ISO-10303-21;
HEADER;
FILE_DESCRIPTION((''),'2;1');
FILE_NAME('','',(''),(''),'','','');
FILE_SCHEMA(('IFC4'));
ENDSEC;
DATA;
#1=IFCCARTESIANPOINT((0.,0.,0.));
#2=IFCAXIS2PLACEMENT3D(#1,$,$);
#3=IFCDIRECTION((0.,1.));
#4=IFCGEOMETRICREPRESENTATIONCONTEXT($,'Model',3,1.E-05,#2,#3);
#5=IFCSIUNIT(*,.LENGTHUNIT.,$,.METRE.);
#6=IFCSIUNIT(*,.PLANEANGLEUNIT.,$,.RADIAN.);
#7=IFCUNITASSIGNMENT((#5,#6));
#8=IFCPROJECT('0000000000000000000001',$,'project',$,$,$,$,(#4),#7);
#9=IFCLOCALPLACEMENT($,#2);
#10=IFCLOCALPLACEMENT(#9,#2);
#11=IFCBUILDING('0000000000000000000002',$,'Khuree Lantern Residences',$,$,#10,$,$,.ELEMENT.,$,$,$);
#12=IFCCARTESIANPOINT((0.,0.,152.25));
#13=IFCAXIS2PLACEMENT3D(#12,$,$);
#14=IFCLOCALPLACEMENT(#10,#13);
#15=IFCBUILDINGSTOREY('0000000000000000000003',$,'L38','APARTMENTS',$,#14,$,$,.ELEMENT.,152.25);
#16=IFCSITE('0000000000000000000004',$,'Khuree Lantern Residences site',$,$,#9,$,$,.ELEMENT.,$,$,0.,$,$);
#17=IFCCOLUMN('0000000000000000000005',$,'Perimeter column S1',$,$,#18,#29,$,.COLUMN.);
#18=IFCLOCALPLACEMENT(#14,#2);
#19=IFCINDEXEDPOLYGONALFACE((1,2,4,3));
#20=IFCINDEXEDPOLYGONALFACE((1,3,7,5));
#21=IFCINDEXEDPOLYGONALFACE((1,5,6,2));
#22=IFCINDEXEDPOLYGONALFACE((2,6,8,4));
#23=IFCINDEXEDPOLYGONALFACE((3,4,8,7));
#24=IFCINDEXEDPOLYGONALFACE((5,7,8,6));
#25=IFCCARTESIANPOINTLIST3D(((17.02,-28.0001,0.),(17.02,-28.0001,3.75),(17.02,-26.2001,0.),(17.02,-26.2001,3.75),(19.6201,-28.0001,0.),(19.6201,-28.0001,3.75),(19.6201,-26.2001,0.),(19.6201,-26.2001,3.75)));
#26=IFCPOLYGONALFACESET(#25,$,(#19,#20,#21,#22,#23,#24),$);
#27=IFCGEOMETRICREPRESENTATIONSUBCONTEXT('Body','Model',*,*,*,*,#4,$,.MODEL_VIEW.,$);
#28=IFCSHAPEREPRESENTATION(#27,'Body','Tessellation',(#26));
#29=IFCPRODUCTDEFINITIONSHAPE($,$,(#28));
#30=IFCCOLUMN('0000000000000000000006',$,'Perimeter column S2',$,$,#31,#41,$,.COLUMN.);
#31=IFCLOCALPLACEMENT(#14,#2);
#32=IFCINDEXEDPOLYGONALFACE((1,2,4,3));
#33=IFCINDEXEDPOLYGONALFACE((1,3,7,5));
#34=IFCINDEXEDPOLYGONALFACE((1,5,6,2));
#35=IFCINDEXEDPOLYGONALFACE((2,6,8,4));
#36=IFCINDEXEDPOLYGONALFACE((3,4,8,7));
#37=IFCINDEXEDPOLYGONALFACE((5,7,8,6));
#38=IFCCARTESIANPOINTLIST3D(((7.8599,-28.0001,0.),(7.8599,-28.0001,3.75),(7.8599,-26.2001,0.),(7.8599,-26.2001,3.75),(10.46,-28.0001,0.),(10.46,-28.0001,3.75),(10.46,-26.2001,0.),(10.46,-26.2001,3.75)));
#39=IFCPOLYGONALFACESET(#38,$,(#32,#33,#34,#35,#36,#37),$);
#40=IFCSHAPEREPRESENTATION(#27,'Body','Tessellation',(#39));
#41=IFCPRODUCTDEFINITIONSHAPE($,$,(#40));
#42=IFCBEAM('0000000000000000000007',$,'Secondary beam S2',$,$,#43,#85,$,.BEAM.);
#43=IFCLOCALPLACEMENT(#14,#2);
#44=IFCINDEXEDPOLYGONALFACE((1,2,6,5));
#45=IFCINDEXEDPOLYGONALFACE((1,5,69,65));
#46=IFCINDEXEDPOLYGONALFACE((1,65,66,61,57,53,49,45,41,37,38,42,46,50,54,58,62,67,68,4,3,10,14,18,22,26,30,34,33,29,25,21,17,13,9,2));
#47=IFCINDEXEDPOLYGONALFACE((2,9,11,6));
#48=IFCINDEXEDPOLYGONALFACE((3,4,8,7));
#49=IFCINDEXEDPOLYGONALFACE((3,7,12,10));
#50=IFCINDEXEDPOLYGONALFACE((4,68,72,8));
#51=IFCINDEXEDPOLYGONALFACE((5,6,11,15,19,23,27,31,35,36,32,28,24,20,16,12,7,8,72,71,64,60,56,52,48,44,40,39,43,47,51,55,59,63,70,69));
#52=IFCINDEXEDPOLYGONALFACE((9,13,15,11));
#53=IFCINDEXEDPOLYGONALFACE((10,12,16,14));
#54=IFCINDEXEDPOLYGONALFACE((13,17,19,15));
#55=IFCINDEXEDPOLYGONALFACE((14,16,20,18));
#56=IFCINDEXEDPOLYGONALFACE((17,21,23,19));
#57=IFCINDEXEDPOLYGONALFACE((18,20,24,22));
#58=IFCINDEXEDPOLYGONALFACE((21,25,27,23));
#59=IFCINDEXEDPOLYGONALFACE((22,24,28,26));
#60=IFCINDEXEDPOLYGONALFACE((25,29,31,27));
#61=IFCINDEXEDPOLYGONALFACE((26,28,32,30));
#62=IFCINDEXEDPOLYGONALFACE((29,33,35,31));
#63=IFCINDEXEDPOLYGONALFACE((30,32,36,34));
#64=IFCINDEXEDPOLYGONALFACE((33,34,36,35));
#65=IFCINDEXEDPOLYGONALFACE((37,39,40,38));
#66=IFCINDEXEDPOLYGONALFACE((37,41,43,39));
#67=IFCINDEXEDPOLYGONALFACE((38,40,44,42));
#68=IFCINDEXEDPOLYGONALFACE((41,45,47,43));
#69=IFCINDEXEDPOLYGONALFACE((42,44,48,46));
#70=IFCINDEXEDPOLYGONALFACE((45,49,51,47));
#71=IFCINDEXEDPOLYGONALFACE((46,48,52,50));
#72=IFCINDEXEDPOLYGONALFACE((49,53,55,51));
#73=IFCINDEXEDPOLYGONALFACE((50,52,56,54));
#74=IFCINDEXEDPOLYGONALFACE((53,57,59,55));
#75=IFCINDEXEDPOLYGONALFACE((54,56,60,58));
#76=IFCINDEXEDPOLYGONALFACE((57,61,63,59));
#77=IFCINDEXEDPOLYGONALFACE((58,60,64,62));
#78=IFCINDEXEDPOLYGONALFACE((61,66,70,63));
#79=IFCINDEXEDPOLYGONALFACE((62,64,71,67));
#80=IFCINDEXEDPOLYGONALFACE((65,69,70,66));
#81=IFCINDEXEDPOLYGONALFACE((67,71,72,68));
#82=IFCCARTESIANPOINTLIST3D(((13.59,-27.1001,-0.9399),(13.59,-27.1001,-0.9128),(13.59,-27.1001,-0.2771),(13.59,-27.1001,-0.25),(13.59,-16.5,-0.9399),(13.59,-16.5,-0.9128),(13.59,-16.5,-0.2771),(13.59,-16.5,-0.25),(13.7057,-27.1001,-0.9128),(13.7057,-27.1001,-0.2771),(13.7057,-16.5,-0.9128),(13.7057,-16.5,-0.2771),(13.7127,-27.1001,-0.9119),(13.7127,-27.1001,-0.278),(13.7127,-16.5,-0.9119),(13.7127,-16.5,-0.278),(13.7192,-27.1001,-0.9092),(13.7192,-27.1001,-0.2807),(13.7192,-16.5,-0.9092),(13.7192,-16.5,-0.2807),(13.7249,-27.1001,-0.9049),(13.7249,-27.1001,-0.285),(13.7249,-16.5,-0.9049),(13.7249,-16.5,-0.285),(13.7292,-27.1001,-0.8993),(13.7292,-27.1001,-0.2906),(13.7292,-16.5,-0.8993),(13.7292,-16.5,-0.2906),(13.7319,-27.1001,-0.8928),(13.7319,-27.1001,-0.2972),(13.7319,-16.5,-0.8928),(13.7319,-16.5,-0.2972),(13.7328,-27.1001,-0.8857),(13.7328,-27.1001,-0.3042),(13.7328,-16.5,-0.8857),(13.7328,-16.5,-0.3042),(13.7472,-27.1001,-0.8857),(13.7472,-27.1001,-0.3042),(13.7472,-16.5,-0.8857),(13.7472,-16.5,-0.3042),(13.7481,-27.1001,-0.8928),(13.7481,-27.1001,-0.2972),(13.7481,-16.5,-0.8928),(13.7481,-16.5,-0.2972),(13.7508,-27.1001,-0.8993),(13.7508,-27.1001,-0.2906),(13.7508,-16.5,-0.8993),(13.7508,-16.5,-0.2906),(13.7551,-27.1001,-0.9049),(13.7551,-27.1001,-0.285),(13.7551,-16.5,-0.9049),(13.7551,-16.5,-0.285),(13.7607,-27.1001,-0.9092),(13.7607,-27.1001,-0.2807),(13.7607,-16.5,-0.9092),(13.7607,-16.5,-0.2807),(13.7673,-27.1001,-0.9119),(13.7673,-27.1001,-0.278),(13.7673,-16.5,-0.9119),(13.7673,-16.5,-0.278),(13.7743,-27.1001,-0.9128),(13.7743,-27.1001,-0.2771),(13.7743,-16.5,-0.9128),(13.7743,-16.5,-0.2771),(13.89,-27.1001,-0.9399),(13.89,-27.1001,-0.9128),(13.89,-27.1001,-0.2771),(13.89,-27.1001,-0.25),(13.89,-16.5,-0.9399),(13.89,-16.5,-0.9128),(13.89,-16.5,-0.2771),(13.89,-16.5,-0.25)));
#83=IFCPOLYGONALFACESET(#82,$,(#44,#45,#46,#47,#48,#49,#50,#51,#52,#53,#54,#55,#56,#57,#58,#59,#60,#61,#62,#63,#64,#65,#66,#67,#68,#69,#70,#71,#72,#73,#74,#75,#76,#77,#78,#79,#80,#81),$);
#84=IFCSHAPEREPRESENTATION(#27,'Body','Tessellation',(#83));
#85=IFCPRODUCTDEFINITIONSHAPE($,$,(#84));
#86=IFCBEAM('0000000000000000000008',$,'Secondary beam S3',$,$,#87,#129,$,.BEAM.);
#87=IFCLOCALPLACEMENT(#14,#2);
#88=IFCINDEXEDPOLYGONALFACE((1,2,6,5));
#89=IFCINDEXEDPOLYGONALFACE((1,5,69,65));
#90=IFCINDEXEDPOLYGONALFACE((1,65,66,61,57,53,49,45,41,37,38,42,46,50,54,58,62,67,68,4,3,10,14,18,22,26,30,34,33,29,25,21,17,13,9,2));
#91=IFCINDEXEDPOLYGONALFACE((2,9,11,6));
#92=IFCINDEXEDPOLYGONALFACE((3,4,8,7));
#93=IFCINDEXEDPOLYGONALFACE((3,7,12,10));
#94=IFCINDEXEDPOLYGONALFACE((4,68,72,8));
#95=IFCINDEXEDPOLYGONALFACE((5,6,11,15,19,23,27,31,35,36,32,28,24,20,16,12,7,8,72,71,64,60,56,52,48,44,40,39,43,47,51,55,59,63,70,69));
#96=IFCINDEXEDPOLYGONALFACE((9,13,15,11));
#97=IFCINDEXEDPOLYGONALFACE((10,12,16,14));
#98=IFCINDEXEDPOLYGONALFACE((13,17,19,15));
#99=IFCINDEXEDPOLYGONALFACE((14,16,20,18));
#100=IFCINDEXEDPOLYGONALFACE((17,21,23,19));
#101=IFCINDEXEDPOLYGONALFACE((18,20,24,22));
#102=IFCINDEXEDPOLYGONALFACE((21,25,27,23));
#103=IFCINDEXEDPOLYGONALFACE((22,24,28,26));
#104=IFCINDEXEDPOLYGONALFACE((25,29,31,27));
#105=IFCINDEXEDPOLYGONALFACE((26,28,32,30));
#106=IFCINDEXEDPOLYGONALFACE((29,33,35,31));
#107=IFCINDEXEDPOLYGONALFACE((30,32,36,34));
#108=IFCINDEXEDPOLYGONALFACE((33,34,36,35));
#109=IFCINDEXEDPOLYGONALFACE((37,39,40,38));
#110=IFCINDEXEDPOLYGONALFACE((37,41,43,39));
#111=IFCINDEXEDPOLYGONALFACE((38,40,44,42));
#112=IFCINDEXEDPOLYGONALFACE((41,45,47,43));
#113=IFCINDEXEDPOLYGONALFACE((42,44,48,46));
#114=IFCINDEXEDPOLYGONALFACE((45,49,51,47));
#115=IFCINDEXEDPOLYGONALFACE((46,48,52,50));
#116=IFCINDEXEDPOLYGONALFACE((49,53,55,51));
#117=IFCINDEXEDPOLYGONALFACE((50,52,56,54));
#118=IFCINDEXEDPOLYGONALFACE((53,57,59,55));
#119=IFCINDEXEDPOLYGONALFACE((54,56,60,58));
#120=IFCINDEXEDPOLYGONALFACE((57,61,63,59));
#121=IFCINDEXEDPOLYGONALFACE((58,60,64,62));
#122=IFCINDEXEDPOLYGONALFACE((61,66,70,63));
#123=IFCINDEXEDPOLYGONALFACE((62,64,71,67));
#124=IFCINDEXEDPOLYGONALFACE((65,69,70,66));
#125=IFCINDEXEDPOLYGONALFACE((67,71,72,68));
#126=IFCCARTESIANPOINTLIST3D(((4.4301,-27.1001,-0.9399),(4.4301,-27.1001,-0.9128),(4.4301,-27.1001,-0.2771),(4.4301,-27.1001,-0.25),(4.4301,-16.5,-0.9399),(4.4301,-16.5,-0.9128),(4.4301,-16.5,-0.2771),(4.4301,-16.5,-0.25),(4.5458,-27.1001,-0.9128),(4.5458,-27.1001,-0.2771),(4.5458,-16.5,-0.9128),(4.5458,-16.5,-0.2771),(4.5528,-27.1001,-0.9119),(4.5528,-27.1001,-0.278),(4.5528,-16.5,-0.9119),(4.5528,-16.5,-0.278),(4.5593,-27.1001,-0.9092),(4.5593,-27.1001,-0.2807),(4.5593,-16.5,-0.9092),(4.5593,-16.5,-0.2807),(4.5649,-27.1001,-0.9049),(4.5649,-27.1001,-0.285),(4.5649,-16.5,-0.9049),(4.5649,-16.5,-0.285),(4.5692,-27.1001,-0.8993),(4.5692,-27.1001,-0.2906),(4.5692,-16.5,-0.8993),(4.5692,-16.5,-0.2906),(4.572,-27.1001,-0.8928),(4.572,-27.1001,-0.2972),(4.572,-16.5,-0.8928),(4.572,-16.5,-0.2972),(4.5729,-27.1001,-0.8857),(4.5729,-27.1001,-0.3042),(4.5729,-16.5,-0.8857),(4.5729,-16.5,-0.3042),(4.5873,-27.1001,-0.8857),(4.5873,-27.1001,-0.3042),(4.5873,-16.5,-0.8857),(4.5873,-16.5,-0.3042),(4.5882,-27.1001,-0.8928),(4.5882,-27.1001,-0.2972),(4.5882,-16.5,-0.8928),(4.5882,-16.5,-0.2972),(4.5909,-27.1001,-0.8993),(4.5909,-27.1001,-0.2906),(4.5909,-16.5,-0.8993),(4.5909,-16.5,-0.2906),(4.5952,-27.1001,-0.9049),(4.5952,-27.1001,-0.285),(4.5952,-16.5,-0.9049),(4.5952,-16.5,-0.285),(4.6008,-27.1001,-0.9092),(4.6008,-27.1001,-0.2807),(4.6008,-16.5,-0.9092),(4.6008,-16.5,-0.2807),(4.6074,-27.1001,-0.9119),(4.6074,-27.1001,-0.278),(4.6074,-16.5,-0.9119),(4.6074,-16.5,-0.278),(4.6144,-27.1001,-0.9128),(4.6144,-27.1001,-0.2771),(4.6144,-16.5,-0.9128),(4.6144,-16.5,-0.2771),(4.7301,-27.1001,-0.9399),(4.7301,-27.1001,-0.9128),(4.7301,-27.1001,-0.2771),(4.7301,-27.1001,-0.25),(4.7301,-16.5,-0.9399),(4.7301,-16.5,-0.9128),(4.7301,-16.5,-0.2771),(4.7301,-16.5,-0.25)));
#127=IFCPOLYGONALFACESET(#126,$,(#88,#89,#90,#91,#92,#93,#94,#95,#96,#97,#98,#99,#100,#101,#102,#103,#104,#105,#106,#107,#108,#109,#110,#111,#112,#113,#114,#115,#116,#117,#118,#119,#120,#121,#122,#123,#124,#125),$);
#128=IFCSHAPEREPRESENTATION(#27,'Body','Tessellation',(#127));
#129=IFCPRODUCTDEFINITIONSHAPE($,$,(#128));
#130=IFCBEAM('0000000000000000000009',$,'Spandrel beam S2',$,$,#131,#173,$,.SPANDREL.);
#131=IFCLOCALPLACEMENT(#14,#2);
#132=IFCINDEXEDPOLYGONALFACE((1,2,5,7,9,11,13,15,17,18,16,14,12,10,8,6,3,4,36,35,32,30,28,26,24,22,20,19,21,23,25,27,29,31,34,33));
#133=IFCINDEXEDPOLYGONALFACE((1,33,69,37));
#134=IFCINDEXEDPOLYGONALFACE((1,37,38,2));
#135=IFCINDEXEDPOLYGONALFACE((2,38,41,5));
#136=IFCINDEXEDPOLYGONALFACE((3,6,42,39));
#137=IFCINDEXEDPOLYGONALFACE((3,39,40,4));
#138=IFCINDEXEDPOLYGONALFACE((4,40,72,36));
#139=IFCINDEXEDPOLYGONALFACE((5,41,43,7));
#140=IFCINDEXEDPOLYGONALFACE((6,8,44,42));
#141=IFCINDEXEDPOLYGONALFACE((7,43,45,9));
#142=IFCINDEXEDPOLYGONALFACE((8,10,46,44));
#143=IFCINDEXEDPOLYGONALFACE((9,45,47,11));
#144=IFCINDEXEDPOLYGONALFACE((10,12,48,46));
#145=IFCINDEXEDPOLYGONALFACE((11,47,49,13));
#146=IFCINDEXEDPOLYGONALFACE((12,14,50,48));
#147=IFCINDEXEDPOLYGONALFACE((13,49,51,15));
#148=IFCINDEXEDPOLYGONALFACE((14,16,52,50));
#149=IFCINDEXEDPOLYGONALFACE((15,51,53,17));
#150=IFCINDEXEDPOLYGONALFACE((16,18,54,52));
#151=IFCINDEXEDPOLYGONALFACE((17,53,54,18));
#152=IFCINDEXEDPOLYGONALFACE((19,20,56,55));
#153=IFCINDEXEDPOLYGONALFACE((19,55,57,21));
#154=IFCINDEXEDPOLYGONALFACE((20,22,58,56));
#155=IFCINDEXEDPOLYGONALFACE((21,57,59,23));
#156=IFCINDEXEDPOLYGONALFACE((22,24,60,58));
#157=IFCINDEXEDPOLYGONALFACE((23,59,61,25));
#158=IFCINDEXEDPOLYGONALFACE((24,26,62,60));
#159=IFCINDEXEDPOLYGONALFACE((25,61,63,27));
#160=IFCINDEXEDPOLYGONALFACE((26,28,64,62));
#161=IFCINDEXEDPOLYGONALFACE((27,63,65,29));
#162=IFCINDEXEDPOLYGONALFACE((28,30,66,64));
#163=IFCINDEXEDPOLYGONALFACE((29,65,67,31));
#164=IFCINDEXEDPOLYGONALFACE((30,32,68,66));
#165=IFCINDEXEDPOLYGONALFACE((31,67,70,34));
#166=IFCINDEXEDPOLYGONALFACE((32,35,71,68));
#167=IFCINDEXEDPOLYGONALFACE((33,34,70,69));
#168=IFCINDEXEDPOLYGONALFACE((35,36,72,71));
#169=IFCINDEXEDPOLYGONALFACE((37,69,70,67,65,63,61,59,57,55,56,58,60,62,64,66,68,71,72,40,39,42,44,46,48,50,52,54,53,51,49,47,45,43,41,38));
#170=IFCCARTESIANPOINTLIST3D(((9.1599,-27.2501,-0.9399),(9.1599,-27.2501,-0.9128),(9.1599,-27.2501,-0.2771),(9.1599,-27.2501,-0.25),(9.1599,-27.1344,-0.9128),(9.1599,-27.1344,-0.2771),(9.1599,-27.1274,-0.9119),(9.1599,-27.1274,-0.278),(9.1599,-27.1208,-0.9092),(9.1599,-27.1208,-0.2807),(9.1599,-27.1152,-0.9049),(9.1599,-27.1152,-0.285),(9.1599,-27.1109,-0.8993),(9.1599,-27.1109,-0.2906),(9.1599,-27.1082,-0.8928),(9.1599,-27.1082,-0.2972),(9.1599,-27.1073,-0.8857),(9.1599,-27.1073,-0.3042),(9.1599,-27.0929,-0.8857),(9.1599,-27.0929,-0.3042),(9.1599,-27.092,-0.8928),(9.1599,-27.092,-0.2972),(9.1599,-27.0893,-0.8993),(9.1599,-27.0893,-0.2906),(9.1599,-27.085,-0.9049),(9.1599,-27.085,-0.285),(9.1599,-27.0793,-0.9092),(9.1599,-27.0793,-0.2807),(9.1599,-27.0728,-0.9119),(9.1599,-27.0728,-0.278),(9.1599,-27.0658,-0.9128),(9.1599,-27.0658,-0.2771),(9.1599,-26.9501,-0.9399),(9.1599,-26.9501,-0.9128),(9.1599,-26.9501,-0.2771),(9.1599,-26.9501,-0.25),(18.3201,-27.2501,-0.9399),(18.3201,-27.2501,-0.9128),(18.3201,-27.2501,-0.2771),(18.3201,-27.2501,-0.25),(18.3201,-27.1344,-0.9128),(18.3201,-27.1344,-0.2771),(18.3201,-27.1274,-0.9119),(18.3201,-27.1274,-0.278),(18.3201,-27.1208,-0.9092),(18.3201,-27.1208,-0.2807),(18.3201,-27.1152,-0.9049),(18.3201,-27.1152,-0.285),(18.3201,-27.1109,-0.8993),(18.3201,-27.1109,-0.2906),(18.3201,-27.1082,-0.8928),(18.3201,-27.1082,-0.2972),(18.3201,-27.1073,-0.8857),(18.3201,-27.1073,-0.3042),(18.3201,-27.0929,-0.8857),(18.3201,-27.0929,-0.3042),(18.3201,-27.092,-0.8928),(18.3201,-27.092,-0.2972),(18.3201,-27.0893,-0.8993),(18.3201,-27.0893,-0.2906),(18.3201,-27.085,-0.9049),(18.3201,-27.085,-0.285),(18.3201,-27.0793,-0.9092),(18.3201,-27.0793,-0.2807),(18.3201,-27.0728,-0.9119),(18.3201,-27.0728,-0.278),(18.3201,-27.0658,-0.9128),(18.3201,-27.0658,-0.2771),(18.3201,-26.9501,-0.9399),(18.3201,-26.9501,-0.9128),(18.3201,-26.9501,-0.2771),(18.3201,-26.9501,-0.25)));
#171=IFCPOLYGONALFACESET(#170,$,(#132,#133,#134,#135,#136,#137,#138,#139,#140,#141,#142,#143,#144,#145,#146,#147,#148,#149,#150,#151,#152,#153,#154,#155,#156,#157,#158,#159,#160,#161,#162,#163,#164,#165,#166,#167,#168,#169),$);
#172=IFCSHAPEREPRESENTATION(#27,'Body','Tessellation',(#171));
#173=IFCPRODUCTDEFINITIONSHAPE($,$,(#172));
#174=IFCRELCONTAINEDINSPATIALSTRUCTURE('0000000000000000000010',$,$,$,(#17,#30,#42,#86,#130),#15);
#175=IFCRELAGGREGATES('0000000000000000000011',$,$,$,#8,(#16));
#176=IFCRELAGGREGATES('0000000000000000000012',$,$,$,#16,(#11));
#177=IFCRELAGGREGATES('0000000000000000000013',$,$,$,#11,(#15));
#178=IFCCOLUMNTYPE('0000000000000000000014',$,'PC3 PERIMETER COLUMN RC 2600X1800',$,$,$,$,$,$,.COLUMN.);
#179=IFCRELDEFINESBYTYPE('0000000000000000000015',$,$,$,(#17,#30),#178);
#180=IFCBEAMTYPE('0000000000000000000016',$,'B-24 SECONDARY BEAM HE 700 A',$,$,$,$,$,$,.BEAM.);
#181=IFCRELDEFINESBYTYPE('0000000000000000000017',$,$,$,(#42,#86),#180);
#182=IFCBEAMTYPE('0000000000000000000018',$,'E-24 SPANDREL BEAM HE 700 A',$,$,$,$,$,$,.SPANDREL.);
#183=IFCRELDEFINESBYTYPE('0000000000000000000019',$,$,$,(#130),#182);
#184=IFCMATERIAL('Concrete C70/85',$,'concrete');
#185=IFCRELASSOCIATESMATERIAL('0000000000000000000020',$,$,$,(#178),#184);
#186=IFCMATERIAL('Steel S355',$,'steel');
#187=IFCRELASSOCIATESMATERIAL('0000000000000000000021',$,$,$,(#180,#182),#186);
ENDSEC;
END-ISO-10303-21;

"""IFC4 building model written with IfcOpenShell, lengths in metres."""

from ifc_helpers import new_model, si_unit, direction, frame, origin, origin_2d, place, context, subcontext, project, spatial, rectangle, i_section, extrude, material, material_profile, profile_set, type_object, element, save


model = new_model("IFC4")

# Units and contexts
model_context = context("Model", 3, precision=1e-05, world=origin(), true_north=direction((0.0, 1.0)))
body_context = subcontext(model_context, "Body", "Model", "MODEL_VIEW")
ifc_project = project(units=[si_unit("LENGTHUNIT", "METRE"), si_unit("PLANEANGLEUNIT", "RADIAN")], contexts=[model_context])

# Site, building, storey
site_placement = place(None, origin())
site = spatial("IfcSite", under=ifc_project, at=site_placement, Name="Khuree Lantern Residences site", CompositionType="ELEMENT", RefElevation=0.0)
building_placement = place(site_placement, origin())
building = spatial("IfcBuilding", under=site, at=building_placement, Name="Khuree Lantern Residences", CompositionType="ELEMENT")
storey_placement = place(building_placement, frame((0.0, 0.0, 152.25)))
storey = spatial("IfcBuildingStorey", under=building, at=storey_placement, Name="L38", Description="APARTMENTS", CompositionType="ELEMENT", Elevation=152.25)

# Columns
ifc_material_1 = material(Name="Concrete C70/85", Category="concrete")
ifc_material_profile_1 = material_profile(ifc_material_1, rectangle(XDim=2.6001, YDim=1.8, at=origin_2d()), Name="RC 2600X1800")
ifc_profile_set_1 = profile_set([ifc_material_profile_1], Name="Concrete C70/85")
column_type = type_object("IfcColumnType", Name="PC3 PERIMETER COLUMN RC 2600X1800", PredefinedType="COLUMN", material=ifc_profile_set_1)
for number, where, z_axis, x_axis, name in (
    (1, (18.3201, -27.1001, 0.0), (0.0, 0.0, 1.0), (1.0, 0.0, 0.0), "Perimeter column S1"),
    (2, (9.1599, -27.1001, 0.0), (0.0, 0.0, 1.0), (1.0, 0.0, 0.0), "Perimeter column S2"),
):
    element("IfcColumn", number, at=place(storey_placement, frame(where, z_axis=z_axis, x_axis=x_axis)), inside=storey, type_object=column_type, Name=name, PredefinedType="COLUMN", context=body_context, shape_type="SweptSolid", body=[
        extrude(rectangle(XDim=2.6001, YDim=1.8, at=origin_2d()), origin(), (0.0, 0.0, 1.0), 3.75),
    ])

# Beams
ifc_material_2 = material(Name="Steel S355", Category="steel")
ifc_material_profile_2 = material_profile(ifc_material_2, i_section(OverallWidth=0.3, OverallDepth=0.6899, WebThickness=0.0144, FlangeThickness=0.0271, FilletRadius=0.0271, at=origin_2d()), Name="HE 700 A")
ifc_profile_set_2 = profile_set([ifc_material_profile_2], Name="Steel S355")
beam_type_1 = type_object("IfcBeamType", Name="B-24 SECONDARY BEAM HE 700 A", PredefinedType="BEAM", material=ifc_profile_set_2)
for number, where, z_axis, x_axis, name in (
    (3, (13.74, -27.1001, -0.595), (0.0, 1.0, 0.0), (-1.0, 0.0, 0.0), "Secondary beam S2"),
    (4, (4.5801, -27.1001, -0.595), (0.0, 1.0, 0.0), (-1.0, 0.0, 0.0), "Secondary beam S3"),
):
    element("IfcBeam", number, at=place(storey_placement, frame(where, z_axis=z_axis, x_axis=x_axis)), inside=storey, type_object=beam_type_1, Name=name, PredefinedType="BEAM", context=body_context, shape_type="SweptSolid", body=[
        extrude(i_section(OverallWidth=0.3, OverallDepth=0.6899, WebThickness=0.0144, FlangeThickness=0.0271, FilletRadius=0.0271, at=origin_2d()), origin(), (0.0, 0.0, 1.0), 10.6001),
    ])
ifc_material_profile_3 = material_profile(ifc_material_2, i_section(OverallWidth=0.3, OverallDepth=0.6899, WebThickness=0.0144, FlangeThickness=0.0271, FilletRadius=0.0271, at=origin_2d()), Name="HE 700 A")
ifc_profile_set_3 = profile_set([ifc_material_profile_3], Name="Steel S355")
beam_type_2 = type_object("IfcBeamType", Name="E-24 SPANDREL BEAM HE 700 A", PredefinedType="SPANDREL", material=ifc_profile_set_3)
beam_1_placement = place(storey_placement, frame((18.3201, -27.1001, -0.595), z_axis=(-1.0, 0.0, 0.0), x_axis=(0.0, -1.0, 0.0)))
element("IfcBeam", 5, at=beam_1_placement, inside=storey, type_object=beam_type_2, Name="Spandrel beam S2", PredefinedType="SPANDREL", context=body_context, shape_type="SweptSolid", body=[
    extrude(i_section(OverallWidth=0.3, OverallDepth=0.6899, WebThickness=0.0144, FlangeThickness=0.0271, FilletRadius=0.0271, at=origin_2d()), origin(), (0.0, 0.0, 1.0), 9.1602),
])

save(model, "model.ifc")
